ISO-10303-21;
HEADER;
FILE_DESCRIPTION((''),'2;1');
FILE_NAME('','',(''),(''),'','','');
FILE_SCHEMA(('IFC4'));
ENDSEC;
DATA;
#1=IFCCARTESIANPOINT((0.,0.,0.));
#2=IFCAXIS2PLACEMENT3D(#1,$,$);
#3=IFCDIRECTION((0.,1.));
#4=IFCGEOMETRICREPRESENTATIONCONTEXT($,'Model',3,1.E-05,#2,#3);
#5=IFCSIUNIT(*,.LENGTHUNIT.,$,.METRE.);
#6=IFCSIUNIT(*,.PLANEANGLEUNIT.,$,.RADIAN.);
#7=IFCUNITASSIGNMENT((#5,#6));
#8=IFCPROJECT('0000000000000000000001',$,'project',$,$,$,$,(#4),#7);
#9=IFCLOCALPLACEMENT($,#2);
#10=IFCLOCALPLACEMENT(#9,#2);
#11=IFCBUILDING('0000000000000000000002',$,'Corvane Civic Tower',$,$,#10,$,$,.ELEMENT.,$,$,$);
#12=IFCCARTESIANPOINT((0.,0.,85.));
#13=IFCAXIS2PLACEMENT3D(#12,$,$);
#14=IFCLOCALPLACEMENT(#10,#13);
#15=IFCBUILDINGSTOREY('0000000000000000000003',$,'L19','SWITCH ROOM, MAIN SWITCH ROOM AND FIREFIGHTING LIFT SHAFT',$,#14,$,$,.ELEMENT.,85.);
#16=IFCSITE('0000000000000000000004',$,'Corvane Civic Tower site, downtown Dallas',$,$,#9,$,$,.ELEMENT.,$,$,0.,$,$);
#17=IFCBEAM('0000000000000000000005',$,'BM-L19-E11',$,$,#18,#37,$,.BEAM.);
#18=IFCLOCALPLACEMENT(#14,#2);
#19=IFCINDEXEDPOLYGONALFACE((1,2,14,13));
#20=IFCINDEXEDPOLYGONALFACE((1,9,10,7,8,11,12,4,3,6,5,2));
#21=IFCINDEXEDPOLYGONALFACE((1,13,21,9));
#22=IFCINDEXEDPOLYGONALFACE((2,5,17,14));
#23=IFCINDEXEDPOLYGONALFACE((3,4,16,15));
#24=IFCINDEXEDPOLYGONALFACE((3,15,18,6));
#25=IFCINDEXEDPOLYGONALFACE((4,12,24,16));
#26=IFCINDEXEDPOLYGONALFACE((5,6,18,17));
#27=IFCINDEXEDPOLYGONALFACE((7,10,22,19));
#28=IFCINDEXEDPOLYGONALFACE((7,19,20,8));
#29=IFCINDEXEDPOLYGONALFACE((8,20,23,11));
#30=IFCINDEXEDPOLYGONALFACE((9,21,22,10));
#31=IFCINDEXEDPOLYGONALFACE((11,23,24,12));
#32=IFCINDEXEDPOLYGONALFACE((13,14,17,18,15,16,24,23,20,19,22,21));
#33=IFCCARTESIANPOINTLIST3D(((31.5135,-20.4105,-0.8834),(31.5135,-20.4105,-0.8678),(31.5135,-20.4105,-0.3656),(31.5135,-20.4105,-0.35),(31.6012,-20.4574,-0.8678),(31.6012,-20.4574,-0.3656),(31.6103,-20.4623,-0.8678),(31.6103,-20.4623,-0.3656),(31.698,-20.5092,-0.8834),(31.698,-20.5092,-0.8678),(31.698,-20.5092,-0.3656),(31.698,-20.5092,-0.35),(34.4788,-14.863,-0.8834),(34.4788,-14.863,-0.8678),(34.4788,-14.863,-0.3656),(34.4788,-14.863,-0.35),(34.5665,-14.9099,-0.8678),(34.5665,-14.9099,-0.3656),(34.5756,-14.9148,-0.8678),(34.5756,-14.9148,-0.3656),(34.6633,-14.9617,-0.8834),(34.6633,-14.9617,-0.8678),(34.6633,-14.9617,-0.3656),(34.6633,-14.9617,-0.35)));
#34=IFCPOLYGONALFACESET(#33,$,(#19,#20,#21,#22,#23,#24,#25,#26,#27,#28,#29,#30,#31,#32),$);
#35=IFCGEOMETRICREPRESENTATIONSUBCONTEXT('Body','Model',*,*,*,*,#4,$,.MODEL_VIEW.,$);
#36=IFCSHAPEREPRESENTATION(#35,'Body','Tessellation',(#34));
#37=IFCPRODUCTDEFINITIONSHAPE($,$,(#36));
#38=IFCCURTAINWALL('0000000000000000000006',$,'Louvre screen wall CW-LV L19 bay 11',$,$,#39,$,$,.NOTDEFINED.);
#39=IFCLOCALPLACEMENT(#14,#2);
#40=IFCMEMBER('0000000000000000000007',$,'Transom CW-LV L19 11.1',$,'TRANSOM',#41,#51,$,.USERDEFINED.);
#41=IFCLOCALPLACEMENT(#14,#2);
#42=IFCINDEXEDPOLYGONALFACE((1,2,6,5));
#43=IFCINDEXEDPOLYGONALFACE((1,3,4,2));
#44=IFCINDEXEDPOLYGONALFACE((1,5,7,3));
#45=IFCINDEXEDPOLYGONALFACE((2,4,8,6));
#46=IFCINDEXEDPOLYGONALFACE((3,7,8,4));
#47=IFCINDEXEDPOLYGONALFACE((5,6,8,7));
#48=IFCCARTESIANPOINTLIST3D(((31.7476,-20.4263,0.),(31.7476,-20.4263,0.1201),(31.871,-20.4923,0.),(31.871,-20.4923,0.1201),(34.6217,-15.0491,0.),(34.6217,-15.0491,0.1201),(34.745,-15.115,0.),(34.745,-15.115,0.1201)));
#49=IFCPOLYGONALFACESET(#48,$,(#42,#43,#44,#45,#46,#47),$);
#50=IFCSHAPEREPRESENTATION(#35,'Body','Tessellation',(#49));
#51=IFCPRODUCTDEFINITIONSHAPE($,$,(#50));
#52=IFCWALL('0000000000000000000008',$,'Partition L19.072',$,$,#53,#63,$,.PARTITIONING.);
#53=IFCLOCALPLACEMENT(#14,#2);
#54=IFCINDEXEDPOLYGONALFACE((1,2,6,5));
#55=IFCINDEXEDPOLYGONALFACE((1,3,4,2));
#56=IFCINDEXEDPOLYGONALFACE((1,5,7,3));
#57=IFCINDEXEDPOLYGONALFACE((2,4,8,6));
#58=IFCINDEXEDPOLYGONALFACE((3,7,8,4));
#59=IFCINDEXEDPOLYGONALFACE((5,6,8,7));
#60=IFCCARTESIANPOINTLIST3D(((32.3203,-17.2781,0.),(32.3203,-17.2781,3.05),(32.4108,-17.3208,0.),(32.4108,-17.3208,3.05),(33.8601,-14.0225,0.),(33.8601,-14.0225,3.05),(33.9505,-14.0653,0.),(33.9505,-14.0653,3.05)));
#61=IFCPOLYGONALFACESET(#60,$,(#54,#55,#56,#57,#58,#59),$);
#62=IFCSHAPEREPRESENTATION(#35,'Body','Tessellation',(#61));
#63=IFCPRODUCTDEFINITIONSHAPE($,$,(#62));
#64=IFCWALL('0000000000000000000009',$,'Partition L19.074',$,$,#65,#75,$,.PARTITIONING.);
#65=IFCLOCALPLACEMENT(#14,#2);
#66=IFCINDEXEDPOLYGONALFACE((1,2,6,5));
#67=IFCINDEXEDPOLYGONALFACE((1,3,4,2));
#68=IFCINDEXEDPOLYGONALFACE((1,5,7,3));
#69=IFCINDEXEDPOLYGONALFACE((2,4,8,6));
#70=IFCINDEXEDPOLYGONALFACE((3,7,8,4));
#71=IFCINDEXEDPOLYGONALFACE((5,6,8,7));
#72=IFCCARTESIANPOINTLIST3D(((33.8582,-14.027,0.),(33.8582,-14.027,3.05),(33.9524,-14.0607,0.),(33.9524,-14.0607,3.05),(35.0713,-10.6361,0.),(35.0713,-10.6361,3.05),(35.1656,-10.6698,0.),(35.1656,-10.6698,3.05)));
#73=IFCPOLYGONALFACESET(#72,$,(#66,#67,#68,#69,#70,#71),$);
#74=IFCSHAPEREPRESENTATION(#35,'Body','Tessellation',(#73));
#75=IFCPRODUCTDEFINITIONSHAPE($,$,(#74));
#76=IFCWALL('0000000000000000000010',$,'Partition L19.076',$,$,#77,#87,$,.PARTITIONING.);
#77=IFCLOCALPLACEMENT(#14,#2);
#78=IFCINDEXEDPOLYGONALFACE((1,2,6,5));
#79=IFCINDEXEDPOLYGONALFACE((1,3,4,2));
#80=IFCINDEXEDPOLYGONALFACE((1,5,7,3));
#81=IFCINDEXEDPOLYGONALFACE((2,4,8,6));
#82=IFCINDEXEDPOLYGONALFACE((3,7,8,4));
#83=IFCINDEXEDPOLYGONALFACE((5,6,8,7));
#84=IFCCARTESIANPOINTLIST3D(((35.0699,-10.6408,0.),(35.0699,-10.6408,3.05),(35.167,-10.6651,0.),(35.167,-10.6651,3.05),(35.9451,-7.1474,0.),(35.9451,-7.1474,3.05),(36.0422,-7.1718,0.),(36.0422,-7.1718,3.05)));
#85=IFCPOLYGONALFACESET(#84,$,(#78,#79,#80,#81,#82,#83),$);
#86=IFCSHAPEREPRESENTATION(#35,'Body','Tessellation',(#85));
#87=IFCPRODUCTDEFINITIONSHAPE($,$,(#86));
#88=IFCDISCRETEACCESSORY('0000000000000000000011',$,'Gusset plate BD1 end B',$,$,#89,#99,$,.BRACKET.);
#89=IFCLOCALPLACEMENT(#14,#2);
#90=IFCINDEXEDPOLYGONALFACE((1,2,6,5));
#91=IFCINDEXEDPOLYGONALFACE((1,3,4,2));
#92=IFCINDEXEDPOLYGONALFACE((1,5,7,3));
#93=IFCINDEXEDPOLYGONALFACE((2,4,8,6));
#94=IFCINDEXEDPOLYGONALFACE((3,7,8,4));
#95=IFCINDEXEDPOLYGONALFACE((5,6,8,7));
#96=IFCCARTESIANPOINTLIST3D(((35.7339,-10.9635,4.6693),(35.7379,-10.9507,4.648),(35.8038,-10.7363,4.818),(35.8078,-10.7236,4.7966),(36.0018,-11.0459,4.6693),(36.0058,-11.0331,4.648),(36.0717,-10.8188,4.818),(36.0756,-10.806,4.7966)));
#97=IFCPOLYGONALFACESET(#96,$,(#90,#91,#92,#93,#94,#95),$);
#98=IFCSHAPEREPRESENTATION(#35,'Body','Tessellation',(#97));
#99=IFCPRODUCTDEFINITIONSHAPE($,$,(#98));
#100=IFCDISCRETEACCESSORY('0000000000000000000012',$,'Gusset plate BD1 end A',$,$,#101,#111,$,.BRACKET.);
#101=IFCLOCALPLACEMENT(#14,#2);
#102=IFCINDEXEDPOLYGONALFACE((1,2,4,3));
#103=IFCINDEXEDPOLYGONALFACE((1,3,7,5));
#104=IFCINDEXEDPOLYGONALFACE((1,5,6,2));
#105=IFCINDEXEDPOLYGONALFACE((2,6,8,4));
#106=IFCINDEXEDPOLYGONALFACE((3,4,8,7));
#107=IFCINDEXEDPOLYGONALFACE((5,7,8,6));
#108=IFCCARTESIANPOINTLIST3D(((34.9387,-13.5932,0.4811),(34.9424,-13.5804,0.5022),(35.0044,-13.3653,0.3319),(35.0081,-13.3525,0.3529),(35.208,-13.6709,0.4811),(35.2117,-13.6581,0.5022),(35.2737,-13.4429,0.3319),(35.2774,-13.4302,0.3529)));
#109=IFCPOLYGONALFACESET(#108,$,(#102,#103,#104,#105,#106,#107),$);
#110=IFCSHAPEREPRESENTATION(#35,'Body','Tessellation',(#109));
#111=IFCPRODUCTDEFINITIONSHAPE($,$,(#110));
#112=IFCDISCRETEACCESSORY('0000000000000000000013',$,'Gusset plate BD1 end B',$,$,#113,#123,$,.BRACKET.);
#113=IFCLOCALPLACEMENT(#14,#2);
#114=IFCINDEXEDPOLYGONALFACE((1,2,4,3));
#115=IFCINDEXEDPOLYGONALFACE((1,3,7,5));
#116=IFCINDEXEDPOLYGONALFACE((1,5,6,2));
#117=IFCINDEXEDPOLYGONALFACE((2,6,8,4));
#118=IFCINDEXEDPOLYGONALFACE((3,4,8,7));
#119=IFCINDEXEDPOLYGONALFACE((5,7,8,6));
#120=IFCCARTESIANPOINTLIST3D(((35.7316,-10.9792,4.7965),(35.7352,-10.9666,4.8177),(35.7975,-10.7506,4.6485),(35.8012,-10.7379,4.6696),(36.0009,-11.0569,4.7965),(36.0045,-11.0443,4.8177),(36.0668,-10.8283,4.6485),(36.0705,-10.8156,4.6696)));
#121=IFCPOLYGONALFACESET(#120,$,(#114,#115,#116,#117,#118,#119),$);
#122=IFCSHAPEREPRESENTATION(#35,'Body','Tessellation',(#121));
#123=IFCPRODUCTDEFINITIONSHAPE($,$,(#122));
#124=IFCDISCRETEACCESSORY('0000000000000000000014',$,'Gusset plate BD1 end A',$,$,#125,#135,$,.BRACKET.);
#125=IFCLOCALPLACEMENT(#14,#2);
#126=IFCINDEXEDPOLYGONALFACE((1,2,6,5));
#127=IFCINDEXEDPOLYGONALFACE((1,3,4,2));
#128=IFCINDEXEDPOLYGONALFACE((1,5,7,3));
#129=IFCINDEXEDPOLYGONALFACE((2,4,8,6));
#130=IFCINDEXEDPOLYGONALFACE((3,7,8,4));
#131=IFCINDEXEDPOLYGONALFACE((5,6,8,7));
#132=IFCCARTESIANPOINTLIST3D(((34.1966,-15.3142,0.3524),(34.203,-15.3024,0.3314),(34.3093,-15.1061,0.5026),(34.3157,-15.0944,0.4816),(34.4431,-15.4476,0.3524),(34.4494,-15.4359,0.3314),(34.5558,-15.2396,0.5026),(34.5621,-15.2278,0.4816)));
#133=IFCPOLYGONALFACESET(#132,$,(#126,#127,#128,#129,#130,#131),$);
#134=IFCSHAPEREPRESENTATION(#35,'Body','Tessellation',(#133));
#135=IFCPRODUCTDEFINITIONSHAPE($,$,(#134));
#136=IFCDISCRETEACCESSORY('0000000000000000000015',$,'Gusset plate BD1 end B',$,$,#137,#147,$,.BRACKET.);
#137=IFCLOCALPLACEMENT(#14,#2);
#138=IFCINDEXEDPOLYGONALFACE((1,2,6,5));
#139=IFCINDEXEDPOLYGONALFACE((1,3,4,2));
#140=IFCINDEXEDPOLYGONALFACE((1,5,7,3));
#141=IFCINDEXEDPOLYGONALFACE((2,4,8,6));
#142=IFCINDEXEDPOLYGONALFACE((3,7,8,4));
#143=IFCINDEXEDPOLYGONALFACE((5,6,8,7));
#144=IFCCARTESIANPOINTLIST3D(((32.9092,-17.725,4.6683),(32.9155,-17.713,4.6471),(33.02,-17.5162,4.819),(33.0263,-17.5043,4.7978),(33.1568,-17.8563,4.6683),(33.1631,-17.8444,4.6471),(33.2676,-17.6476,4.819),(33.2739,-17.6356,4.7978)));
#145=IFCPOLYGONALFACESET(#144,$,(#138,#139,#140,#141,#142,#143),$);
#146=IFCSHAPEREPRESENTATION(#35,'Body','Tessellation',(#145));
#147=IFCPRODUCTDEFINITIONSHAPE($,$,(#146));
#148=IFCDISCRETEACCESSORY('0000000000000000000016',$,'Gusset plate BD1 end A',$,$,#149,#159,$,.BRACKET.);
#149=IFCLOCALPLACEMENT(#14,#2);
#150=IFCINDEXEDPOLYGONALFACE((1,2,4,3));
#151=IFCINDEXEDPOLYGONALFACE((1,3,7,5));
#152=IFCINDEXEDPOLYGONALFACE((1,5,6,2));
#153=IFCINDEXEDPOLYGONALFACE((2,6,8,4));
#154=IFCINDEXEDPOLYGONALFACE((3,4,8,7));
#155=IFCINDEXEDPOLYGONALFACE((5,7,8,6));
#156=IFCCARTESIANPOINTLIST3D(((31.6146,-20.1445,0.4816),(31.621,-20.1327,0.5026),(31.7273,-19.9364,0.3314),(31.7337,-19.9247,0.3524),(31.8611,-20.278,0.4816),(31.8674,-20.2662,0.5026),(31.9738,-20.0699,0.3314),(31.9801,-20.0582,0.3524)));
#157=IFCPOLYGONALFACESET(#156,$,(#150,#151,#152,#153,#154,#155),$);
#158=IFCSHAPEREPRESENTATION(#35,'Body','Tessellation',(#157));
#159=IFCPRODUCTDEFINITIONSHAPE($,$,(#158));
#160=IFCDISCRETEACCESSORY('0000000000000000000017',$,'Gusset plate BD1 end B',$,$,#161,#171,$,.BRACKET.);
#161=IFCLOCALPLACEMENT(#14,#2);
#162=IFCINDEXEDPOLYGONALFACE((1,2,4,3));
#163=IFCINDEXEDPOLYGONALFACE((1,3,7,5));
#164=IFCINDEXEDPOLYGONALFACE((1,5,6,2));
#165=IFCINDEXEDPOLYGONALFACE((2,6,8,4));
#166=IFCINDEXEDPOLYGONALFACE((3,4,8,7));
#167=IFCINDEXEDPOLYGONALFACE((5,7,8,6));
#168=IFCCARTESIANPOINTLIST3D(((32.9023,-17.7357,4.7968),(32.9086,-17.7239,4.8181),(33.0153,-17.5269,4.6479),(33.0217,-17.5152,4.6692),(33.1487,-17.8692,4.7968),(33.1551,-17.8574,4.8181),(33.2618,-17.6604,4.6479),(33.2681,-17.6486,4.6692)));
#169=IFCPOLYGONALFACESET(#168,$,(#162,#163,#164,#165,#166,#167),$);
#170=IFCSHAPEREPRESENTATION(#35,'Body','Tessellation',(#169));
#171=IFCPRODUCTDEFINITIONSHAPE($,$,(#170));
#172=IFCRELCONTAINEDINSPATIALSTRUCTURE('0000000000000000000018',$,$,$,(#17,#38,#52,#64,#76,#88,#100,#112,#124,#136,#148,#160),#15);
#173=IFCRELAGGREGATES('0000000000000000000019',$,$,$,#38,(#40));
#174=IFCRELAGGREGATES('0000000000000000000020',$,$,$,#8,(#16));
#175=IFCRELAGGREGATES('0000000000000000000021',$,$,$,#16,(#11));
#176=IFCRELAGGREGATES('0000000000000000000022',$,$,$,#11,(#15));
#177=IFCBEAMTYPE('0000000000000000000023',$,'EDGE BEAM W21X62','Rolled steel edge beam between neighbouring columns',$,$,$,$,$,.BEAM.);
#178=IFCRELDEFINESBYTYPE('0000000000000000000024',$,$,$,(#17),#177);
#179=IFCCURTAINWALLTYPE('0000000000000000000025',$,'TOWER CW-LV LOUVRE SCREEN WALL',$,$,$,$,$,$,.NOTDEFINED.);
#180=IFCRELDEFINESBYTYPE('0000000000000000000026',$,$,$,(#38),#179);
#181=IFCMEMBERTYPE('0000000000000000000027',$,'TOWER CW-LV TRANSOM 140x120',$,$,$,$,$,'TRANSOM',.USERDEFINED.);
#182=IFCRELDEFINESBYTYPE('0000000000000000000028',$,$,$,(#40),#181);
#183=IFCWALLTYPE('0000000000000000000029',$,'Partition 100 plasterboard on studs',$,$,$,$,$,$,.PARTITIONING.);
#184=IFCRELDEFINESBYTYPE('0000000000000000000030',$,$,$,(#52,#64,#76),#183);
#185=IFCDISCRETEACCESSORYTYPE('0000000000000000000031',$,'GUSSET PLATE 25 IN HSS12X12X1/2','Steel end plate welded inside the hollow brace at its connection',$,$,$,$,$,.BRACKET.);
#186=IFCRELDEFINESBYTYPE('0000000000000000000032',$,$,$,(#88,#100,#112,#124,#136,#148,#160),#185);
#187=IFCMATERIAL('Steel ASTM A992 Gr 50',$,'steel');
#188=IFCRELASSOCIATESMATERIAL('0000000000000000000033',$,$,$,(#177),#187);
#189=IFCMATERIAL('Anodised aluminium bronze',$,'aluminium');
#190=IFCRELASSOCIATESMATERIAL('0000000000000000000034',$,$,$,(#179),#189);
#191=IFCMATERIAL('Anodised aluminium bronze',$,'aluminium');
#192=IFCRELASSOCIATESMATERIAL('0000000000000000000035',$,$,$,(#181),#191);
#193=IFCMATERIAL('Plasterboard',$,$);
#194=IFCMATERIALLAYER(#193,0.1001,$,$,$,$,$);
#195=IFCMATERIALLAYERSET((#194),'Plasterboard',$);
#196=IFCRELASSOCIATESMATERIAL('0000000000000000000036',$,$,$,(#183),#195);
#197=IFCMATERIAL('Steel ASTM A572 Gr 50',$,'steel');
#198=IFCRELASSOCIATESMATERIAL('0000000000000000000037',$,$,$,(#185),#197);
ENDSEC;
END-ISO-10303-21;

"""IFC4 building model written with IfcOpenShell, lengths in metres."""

from ifc_helpers import new_model, si_unit, direction, frame, frame_2d, origin, origin_2d, place, context, subcontext, project, spatial, rectangle, i_section, extrude, material, layer, layer_set, material_profile, profile_set, type_object, element, aggregate, save


model = new_model("IFC4")

# Units and contexts
model_context = context("Model", 3, precision=1e-05, world=origin(), true_north=direction((0.0, 1.0)))
body_context = subcontext(model_context, "Body", "Model", "MODEL_VIEW")
ifc_project = project(units=[si_unit("LENGTHUNIT", "METRE"), si_unit("PLANEANGLEUNIT", "RADIAN")], contexts=[model_context])

# Site, building, storey
site_placement = place(None, origin())
site = spatial("IfcSite", under=ifc_project, at=site_placement, Name="Corvane Civic Tower site, downtown Dallas", CompositionType="ELEMENT", RefElevation=0.0)
building_placement = place(site_placement, origin())
building = spatial("IfcBuilding", under=site, at=building_placement, Name="Corvane Civic Tower", CompositionType="ELEMENT")
storey_placement = place(building_placement, frame((0.0, 0.0, 85.0)))
storey = spatial("IfcBuildingStorey", under=building, at=storey_placement, Name="L19", Description="SWITCH ROOM, MAIN SWITCH ROOM AND FIREFIGHTING LIFT SHAFT", CompositionType="ELEMENT", Elevation=85.0)

# Beam
ifc_material_1 = material(Name="Steel ASTM A992 Gr 50", Category="steel")
ifc_material_profile_1 = material_profile(ifc_material_1, i_section(OverallWidth=0.2092, OverallDepth=0.5334, WebThickness=0.0103, FlangeThickness=0.0156, at=origin_2d()), Name="W21X62")
ifc_profile_set_1 = profile_set([ifc_material_profile_1], Name="Steel ASTM A992 Gr 50")
beam_type = type_object("IfcBeamType", Name="EDGE BEAM W21X62", Description="Rolled steel edge beam between neighbouring columns", PredefinedType="BEAM", material=ifc_profile_set_1)
beam_placement = place(storey_placement, frame((34.571, -14.9124, -0.6167), z_axis=(-0.471406, -0.881916, 0.0), x_axis=(0.881916, -0.471406, 0.0)))
element("IfcBeam", 1, at=beam_placement, inside=storey, type_object=beam_type, Name="BM-L19-E11", PredefinedType="BEAM", context=body_context, shape_type="SweptSolid", body=[
    extrude(i_section(OverallWidth=0.2092, OverallDepth=0.5334, WebThickness=0.0103, FlangeThickness=0.0156, at=origin_2d()), origin(), (0.0, 0.0, 1.0), 6.2903),
])

# Curtain wall, member
ifc_material_2 = material(Name="Anodised aluminium bronze", Category="aluminium")
curtain_wall_type = type_object("IfcCurtainWallType", Name="TOWER CW-LV LOUVRE SCREEN WALL", PredefinedType="NOTDEFINED", material=ifc_material_2)
curtain_wall_placement = place(storey_placement, origin())
curtain_wall = element("IfcCurtainWall", 2, at=curtain_wall_placement, inside=storey, type_object=curtain_wall_type, Name="Louvre screen wall CW-LV L19 bay 11", PredefinedType="NOTDEFINED")
ifc_material_3 = material(Name="Anodised aluminium bronze", Category="aluminium")
ifc_material_profile_2 = material_profile(ifc_material_3, rectangle(XDim=0.1399, YDim=0.1201, at=origin_2d()), Name="TOWER CW-LV TRANSOM 140x120")
ifc_profile_set_2 = profile_set([ifc_material_profile_2], Name="Anodised aluminium bronze")
member_type_1 = type_object("IfcMemberType", Name="TOWER CW-LV TRANSOM 140x120", ElementType="TRANSOM", PredefinedType="USERDEFINED", material=ifc_profile_set_2)
member_1_placement = place(storey_placement, frame((34.6833, -15.082, 0.0601), z_axis=(-0.471378, -0.881931, 0.0), x_axis=(0.881931, -0.471378, 0.0)))
member_1 = element("IfcMember", 3, at=member_1_placement, type_object=member_type_1, Name="Transom CW-LV L19 11.1", ObjectType="TRANSOM", PredefinedType="USERDEFINED", context=body_context, shape_type="SweptSolid", body=[
    extrude(rectangle(XDim=0.1399, YDim=0.1201, at=origin_2d()), origin(), (0.0, 0.0, 1.0), 6.0972),
])

# Walls
ifc_material_4 = material(Name="Plasterboard")
ifc_layer = layer(ifc_material_4, 0.1001)
ifc_layer_set = layer_set([ifc_layer], Name="Plasterboard")
wall_type = type_object("IfcWallType", Name="Partition 100 plasterboard on studs", PredefinedType="PARTITIONING", material=ifc_layer_set)
for number, where, z_axis, x_axis, name in (
    (4, (32.3655, -17.2996, 0.0), (0.0, 0.0, 1.0), (0.427556, 0.903989, 0.0), "Partition L19.072"),
    (5, (33.9053, -14.0439, 0.0), (0.0, 0.0, 1.0), (0.336856, 0.941556, 0.0), "Partition L19.074"),
    (6, (35.1184, -10.6531, 0.0), (0.0, 0.0, 1.0), (0.24303, 0.970019, 0.0), "Partition L19.076"),
):
    element("IfcWall", number, at=place(storey_placement, frame(where, z_axis=z_axis, x_axis=x_axis)), inside=storey, type_object=wall_type, Name=name, PredefinedType="PARTITIONING", context=body_context, shape_type="SweptSolid", body=[
        extrude(rectangle(XDim=3.6013, YDim=0.1001, at=frame_2d((1.8008, 0.0))), origin(), (0.0, 0.0, 1.0), 3.05),
    ])

aggregate(curtain_wall, [member_1])

# Discrete accessories
ifc_material_5 = material(Name="Steel ASTM A572 Gr 50", Category="steel")
ifc_material_profile_3 = material_profile(ifc_material_5, rectangle(XDim=0.2803, YDim=0.2803, at=origin_2d()), Name="GUSSET PLATE 25 IN HSS12X12X1/2")
ifc_profile_set_3 = profile_set([ifc_material_profile_3], Name="Steel ASTM A572 Gr 50")
discrete_accessory_type = type_object("IfcDiscreteAccessoryType", Name="GUSSET PLATE 25 IN HSS12X12X1/2", Description="Steel end plate welded inside the hollow brace at its connection", PredefinedType="BRACKET", material=ifc_profile_set_3)
discrete_accessory_1_placement = place(storey_placement, frame((35.9028, -10.8911, 4.7437), z_axis=(0.155929, 0.506769, -0.847863), x_axis=(-0.955779, 0.294086, 0.0)))
element("IfcDiscreteAccessory", 7, at=discrete_accessory_1_placement, inside=storey, type_object=discrete_accessory_type, Name="Gusset plate BD1 end B", PredefinedType="BRACKET", context=body_context, shape_type="SweptSolid", body=[
    extrude(rectangle(XDim=0.2803, YDim=0.2803, at=origin_2d()), origin(), (0.0, 0.0, 1.0), 0.0251),
])
for number, where, z_axis, x_axis, name in (
    (8, (35.1062, -13.5181, 0.4065), (0.14762, 0.511751, 0.846357), (-0.960824, 0.277161, 0.0), "Gusset plate BD1 end A"),
    (9, (35.9028, -10.8911, 4.7437), (-0.146399, -0.507516, -0.849114), (0.960824, -0.277161, 0.0), "Gusset plate BD1 end B"),
    (10, (34.3826, -15.2651, 0.4065), (-0.255246, -0.471223, 0.844274), (0.879292, -0.476283, 0.0), "Gusset plate BD1 end A"),
):
    element("IfcDiscreteAccessory", number, at=place(storey_placement, frame(where, z_axis=z_axis, x_axis=x_axis)), inside=storey, type_object=discrete_accessory_type, Name=name, PredefinedType="BRACKET", context=body_context, shape_type="SweptSolid", body=[
        extrude(rectangle(XDim=0.2803, YDim=0.2803, at=origin_2d()), origin(), (0.0, 0.0, 1.0), 0.0249),
    ])
discrete_accessory_2_placement = place(storey_placement, frame((33.0884, -17.6863, 4.7437), z_axis=(0.251988, 0.474901, -0.843191), x_axis=(-0.883349, 0.468716, 0.0)))
element("IfcDiscreteAccessory", 11, at=discrete_accessory_2_placement, inside=storey, type_object=discrete_accessory_type, Name="Gusset plate BD1 end B", PredefinedType="BRACKET", context=body_context, shape_type="SweptSolid", body=[
    extrude(rectangle(XDim=0.2803, YDim=0.2803, at=origin_2d()), origin(), (0.0, 0.0, 1.0), 0.0251),
])
discrete_accessory_3_placement = place(storey_placement, frame((31.7942, -20.1072, 0.4065), z_axis=(0.255246, 0.471223, 0.844274), x_axis=(-0.879292, 0.476283, 0.0)))
element("IfcDiscreteAccessory", 12, at=discrete_accessory_3_placement, inside=storey, type_object=discrete_accessory_type, Name="Gusset plate BD1 end A", PredefinedType="BRACKET", context=body_context, shape_type="SweptSolid", body=[
    extrude(rectangle(XDim=0.2803, YDim=0.2803, at=origin_2d()), origin(), (0.0, 0.0, 1.0), 0.0249),
])
discrete_accessory_4_placement = place(storey_placement, frame((33.0884, -17.6863, 4.7437), z_axis=(-0.253144, -0.467343, -0.847059), x_axis=(0.879292, -0.476283, 0.0)))
element("IfcDiscreteAccessory", 13, at=discrete_accessory_4_placement, inside=storey, type_object=discrete_accessory_type, Name="Gusset plate BD1 end B", PredefinedType="BRACKET", context=body_context, shape_type="SweptSolid", body=[
    extrude(rectangle(XDim=0.2803, YDim=0.2803, at=origin_2d()), origin(), (0.0, 0.0, 1.0), 0.0251),
])

save(model, "model.ifc")
